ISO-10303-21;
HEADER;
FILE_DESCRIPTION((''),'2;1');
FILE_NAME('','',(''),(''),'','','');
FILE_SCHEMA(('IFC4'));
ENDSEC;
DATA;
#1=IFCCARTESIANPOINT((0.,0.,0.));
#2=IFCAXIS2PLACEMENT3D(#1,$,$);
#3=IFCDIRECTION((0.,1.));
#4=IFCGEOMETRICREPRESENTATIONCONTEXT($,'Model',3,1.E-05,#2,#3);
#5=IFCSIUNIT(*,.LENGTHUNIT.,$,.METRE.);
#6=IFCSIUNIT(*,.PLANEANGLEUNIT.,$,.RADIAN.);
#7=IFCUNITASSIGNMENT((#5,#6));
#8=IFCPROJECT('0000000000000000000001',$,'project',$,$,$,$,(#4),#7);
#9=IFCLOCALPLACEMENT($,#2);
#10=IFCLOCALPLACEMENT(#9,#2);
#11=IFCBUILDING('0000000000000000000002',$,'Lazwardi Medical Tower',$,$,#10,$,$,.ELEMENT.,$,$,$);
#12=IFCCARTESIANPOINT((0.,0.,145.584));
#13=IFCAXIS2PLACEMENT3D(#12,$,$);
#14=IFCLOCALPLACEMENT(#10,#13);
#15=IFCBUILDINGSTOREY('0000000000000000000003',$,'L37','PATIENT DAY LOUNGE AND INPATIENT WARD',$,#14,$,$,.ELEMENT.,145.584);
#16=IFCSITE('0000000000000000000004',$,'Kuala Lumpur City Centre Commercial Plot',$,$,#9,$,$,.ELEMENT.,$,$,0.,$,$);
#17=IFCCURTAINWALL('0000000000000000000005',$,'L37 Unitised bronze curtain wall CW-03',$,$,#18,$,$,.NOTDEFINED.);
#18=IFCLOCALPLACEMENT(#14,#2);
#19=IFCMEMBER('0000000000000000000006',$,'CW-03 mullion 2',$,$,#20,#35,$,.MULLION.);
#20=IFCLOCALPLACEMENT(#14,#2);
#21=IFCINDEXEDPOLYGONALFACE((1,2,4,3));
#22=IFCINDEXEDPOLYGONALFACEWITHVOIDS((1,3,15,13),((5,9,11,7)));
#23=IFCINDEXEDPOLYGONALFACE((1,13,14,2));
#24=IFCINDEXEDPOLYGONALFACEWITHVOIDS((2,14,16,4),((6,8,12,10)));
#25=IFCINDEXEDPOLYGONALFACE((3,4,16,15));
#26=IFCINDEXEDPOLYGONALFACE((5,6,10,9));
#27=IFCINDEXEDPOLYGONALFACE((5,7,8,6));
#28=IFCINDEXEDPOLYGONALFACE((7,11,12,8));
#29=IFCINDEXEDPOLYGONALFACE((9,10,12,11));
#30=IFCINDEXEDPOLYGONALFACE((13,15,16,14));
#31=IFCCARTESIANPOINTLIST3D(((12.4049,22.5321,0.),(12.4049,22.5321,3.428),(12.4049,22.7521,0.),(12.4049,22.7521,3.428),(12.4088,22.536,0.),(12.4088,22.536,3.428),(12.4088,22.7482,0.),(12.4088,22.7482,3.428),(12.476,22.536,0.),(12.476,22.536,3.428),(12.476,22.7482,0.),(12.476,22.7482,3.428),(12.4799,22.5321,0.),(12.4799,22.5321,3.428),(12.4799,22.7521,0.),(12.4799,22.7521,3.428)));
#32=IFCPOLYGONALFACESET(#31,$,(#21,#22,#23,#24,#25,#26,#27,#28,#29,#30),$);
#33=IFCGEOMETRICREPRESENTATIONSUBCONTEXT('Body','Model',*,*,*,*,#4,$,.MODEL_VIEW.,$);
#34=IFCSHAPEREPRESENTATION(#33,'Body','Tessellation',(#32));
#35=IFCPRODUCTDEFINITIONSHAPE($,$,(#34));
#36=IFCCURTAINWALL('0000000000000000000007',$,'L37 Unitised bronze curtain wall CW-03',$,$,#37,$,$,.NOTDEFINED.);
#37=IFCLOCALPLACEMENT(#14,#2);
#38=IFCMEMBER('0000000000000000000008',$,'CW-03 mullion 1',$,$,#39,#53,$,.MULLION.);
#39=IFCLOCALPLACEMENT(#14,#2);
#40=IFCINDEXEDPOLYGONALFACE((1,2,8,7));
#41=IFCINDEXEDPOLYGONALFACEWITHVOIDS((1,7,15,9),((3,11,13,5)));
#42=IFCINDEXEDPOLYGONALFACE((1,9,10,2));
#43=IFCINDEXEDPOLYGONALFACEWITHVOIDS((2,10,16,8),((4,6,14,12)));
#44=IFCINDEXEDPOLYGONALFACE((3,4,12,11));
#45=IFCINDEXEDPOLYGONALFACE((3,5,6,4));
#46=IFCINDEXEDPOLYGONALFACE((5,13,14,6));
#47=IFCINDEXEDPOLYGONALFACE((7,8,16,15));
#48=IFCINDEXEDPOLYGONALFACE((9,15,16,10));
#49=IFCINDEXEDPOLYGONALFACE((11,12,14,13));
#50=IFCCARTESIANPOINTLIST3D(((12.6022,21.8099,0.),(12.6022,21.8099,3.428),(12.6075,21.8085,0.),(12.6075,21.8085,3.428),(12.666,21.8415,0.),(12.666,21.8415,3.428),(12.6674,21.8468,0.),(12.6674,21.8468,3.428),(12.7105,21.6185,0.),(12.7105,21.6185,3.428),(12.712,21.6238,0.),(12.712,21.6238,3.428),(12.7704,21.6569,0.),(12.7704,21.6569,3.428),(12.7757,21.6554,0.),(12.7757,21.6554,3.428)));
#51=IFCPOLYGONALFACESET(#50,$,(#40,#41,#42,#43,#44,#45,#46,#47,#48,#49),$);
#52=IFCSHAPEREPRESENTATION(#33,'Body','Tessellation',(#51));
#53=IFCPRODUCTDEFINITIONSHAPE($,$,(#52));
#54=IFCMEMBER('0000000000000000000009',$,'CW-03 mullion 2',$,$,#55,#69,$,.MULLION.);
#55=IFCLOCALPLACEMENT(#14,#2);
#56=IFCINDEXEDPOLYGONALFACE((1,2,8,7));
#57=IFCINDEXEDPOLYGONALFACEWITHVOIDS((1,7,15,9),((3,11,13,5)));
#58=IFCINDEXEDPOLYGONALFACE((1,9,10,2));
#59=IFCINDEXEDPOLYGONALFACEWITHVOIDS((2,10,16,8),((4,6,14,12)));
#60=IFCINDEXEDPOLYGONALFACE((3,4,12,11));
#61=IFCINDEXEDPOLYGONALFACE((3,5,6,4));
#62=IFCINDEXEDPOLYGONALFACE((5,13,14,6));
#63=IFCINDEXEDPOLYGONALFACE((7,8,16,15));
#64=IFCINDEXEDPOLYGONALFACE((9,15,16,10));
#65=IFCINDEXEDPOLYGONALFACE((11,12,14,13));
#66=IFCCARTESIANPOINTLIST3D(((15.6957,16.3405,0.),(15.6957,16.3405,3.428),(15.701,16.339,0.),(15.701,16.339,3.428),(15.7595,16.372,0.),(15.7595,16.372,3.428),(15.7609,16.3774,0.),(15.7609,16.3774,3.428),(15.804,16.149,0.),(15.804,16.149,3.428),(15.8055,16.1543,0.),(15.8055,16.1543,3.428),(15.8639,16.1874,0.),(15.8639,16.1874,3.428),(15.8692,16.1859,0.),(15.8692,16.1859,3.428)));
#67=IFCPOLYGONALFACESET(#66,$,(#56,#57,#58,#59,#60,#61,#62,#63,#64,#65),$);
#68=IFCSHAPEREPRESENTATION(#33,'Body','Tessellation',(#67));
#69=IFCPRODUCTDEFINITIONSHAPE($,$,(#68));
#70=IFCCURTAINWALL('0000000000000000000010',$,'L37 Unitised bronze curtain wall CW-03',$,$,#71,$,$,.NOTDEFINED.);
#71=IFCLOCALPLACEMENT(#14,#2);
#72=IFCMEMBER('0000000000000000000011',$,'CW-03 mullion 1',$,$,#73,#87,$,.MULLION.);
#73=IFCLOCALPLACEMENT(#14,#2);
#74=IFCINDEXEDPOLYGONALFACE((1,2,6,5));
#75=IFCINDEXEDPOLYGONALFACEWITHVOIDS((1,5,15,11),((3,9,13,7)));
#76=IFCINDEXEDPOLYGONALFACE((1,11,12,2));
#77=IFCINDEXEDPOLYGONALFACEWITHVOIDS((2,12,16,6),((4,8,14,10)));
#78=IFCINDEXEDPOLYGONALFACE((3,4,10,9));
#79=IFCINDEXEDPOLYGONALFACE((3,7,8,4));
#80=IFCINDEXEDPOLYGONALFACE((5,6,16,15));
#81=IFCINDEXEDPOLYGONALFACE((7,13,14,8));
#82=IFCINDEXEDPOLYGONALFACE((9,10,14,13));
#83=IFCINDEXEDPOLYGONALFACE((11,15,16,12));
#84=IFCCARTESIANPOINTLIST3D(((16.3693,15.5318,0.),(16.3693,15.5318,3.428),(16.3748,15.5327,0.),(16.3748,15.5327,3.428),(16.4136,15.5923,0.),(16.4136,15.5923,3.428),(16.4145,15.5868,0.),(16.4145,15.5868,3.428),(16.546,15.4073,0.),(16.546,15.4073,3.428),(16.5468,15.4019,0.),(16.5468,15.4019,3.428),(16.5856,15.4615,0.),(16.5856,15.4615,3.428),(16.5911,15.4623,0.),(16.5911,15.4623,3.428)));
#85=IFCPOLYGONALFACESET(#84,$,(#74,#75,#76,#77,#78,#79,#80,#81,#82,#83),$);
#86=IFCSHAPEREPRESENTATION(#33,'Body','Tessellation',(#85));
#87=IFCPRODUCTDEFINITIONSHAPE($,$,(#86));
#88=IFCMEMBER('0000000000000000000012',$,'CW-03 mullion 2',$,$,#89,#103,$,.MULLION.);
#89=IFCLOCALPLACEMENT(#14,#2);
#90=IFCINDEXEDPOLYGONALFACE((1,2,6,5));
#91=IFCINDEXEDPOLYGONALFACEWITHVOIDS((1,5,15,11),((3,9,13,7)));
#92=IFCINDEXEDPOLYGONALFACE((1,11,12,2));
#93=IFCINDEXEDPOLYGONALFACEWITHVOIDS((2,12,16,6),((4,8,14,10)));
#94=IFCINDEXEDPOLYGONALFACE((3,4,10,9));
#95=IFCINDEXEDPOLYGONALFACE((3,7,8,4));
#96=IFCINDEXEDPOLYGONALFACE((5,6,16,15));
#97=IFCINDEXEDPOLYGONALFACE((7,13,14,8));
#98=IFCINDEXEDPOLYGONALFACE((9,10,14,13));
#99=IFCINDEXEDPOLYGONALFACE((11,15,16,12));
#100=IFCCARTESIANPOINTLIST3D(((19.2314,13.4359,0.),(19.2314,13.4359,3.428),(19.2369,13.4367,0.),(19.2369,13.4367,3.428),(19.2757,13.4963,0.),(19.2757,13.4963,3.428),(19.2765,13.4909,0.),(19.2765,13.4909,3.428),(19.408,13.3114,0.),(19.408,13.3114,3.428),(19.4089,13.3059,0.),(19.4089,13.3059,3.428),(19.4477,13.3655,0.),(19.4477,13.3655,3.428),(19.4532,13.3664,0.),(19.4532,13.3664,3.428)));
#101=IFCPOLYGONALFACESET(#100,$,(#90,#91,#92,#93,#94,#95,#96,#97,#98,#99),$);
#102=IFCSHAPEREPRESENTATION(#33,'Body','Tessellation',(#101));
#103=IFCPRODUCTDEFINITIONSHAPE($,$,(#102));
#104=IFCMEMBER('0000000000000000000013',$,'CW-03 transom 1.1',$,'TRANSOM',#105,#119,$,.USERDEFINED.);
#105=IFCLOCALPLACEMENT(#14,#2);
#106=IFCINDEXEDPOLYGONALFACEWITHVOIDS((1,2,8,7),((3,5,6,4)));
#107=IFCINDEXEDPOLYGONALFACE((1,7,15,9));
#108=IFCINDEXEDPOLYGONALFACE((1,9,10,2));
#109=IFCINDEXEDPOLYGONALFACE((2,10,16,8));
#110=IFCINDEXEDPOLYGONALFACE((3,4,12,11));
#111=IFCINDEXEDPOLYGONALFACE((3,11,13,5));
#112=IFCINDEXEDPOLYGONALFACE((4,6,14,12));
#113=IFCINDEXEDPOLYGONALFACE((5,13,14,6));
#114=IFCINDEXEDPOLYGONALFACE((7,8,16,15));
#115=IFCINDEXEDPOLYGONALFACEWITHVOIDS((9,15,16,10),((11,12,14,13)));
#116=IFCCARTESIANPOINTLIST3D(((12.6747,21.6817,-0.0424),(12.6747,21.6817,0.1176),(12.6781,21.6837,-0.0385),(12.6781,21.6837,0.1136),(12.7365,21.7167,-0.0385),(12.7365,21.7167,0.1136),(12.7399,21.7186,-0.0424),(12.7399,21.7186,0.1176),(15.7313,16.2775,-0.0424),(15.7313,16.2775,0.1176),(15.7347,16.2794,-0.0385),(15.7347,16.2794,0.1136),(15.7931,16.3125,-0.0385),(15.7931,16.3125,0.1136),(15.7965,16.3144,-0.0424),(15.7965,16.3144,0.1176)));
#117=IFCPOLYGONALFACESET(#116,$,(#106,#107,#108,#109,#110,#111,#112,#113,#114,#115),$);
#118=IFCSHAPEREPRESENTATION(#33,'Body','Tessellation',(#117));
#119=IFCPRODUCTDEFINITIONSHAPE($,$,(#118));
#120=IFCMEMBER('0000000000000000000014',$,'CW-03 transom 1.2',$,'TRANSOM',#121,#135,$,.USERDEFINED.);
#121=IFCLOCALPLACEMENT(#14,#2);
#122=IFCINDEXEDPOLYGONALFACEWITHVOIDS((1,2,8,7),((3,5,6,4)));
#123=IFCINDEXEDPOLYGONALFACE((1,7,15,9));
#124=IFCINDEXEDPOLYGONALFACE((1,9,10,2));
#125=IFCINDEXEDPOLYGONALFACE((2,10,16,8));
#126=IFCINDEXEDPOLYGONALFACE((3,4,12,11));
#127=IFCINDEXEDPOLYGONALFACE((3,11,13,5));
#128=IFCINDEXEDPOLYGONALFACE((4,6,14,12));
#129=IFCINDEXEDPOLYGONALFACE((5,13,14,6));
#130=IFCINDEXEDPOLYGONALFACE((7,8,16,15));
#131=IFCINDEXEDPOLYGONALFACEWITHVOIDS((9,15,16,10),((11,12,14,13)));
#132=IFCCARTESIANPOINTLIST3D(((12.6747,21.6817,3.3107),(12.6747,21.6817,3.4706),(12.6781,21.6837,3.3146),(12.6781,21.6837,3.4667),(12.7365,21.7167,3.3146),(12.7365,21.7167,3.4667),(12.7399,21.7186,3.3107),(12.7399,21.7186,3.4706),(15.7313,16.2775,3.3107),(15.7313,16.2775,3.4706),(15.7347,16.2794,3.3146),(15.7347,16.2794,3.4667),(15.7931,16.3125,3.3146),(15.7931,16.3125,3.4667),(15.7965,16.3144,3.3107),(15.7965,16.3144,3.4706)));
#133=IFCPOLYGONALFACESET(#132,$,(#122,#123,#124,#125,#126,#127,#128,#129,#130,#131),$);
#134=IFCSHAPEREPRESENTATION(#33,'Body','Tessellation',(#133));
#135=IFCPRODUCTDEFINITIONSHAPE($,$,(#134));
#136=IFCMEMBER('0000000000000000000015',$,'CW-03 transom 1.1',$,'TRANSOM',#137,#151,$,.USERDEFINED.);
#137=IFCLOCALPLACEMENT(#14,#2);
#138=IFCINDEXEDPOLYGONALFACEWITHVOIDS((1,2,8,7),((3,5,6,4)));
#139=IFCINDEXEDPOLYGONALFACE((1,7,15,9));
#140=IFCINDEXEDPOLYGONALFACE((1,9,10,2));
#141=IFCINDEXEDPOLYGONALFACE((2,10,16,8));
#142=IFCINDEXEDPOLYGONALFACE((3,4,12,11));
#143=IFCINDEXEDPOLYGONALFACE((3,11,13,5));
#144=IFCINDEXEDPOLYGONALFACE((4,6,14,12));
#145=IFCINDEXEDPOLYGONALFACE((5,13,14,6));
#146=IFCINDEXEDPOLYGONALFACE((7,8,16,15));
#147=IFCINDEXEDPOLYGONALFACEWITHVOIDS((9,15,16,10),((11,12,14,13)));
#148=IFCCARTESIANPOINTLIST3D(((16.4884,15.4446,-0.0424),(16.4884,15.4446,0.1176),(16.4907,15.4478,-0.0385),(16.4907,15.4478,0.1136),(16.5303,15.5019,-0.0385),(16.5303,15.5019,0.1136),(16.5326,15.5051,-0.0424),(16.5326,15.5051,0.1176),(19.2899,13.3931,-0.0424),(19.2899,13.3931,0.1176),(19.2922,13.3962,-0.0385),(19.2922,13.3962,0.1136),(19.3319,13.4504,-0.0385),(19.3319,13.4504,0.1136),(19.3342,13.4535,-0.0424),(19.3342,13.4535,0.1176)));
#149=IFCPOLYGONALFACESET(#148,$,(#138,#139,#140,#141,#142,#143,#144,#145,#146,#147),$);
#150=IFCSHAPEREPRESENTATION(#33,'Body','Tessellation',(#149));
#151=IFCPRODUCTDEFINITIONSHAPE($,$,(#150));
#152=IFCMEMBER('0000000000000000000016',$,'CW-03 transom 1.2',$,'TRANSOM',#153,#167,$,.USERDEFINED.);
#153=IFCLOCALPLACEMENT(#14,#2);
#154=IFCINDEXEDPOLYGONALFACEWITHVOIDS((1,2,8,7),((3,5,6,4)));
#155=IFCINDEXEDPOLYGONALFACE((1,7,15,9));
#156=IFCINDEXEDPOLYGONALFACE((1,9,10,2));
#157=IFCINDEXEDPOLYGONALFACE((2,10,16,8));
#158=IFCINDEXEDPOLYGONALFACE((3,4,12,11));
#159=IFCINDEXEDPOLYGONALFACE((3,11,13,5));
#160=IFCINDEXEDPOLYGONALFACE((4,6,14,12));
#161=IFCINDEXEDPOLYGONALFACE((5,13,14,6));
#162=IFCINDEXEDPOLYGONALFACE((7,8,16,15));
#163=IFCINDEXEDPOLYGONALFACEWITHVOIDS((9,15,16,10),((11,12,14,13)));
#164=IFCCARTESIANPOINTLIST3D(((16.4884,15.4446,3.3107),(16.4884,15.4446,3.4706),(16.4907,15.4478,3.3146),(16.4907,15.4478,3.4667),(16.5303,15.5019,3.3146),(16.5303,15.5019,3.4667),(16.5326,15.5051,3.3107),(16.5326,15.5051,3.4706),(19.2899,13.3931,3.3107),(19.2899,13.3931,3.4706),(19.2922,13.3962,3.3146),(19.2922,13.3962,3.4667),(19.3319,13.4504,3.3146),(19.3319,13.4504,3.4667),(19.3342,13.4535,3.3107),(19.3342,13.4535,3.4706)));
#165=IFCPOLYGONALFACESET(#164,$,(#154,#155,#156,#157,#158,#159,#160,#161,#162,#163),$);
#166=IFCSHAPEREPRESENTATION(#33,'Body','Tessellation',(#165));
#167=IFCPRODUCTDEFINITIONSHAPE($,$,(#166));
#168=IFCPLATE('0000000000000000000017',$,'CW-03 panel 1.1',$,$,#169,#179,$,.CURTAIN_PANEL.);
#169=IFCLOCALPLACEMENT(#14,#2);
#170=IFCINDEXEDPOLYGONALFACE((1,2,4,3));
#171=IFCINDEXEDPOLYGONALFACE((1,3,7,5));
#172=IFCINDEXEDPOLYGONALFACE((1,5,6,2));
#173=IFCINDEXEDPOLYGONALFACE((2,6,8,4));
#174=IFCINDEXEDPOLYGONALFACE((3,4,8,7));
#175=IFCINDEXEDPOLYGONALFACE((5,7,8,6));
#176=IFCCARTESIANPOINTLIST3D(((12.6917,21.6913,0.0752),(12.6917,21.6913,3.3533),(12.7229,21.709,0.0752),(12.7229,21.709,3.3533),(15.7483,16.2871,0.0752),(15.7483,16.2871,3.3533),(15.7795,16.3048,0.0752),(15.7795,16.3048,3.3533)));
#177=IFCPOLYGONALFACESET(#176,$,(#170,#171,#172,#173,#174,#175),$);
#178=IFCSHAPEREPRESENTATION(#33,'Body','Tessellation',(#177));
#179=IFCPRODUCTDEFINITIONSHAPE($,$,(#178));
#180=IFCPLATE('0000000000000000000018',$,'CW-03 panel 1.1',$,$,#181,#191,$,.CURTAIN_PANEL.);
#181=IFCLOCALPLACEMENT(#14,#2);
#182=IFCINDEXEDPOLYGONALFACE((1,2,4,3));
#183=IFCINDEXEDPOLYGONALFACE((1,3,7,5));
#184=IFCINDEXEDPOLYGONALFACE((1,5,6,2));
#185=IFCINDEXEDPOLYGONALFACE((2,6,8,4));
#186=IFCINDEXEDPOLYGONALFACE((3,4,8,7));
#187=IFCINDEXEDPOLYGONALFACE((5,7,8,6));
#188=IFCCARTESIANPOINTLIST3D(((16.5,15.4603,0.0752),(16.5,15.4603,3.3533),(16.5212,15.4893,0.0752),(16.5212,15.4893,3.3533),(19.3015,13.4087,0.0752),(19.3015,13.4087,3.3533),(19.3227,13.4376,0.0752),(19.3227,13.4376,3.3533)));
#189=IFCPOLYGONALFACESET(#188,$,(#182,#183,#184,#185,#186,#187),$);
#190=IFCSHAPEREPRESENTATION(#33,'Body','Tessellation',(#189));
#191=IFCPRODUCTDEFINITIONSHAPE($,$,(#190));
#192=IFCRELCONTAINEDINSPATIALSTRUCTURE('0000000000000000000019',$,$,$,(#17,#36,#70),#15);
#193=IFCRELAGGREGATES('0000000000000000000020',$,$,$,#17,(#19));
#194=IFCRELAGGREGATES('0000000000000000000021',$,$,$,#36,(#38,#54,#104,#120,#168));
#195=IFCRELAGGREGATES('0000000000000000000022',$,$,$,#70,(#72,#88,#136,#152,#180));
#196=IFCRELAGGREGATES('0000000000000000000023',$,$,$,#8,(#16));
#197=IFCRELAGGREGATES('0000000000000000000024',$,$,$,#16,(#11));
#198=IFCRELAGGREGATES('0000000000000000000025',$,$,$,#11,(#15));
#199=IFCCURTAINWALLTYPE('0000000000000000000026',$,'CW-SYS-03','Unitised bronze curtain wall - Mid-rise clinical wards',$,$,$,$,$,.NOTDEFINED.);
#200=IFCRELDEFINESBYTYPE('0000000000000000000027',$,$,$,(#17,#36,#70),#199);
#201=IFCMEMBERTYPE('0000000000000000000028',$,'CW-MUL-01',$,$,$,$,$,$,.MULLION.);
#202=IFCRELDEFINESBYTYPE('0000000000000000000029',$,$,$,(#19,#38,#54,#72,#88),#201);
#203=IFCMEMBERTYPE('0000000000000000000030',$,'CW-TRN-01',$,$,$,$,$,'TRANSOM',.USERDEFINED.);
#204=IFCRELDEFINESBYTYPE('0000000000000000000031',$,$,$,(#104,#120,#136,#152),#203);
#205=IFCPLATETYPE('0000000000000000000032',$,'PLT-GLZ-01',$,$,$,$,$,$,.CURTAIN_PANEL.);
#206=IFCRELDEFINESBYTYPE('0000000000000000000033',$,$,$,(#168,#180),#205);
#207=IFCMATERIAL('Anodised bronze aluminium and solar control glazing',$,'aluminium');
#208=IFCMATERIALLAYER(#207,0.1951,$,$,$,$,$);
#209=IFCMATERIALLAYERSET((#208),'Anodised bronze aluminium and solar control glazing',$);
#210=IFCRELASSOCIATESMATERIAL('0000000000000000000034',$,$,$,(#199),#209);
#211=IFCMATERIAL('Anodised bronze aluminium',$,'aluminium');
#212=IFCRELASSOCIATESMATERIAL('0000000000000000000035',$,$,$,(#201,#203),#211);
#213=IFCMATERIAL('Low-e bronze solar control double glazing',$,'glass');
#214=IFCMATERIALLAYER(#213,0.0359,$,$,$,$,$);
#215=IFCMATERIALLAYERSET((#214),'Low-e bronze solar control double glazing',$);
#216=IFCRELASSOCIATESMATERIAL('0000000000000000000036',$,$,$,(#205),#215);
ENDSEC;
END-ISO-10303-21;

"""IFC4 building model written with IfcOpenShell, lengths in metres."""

from ifc_helpers import new_model, si_unit, direction, frame, origin, origin_2d, place, context, subcontext, project, spatial, rectangle, hollow_rectangle, extrude, material, layer, layer_set, material_profile, profile_set, type_object, element, aggregate, save


model = new_model("IFC4")

# Units and contexts
model_context = context("Model", 3, precision=1e-05, world=origin(), true_north=direction((0.0, 1.0)))
body_context = subcontext(model_context, "Body", "Model", "MODEL_VIEW")
ifc_project = project(units=[si_unit("LENGTHUNIT", "METRE"), si_unit("PLANEANGLEUNIT", "RADIAN")], contexts=[model_context])

# Site, building, storey
site_placement = place(None, origin())
site = spatial("IfcSite", under=ifc_project, at=site_placement, Name="Kuala Lumpur City Centre Commercial Plot", CompositionType="ELEMENT", RefElevation=0.0)
building_placement = place(site_placement, origin())
building = spatial("IfcBuilding", under=site, at=building_placement, Name="Lazwardi Medical Tower", CompositionType="ELEMENT")
storey_placement = place(building_placement, frame((0.0, 0.0, 145.584)))
storey = spatial("IfcBuildingStorey", under=building, at=storey_placement, Name="L37", Description="PATIENT DAY LOUNGE AND INPATIENT WARD", CompositionType="ELEMENT", Elevation=145.584)

# Curtain wall, member
ifc_material_1 = material(Name="Anodised bronze aluminium and solar control glazing", Category="aluminium")
ifc_layer_1 = layer(ifc_material_1, 0.1951)
ifc_layer_set_1 = layer_set([ifc_layer_1], Name="Anodised bronze aluminium and solar control glazing")
curtain_wall_type = type_object("IfcCurtainWallType", Name="CW-SYS-03", Description="Unitised bronze curtain wall - Mid-rise clinical wards", PredefinedType="NOTDEFINED", material=ifc_layer_set_1)
curtain_wall_1_placement = place(storey_placement, origin())
curtain_wall_1 = element("IfcCurtainWall", 1, at=curtain_wall_1_placement, inside=storey, type_object=curtain_wall_type, Name="L37 Unitised bronze curtain wall CW-03", PredefinedType="NOTDEFINED")
ifc_material_2 = material(Name="Anodised bronze aluminium", Category="aluminium")
ifc_material_profile_1 = material_profile(ifc_material_2, hollow_rectangle(XDim=0.075, YDim=0.22, WallThickness=0.0039, at=origin_2d()), Name="ALU-MULLION 220x75x4")
ifc_profile_set_1 = profile_set([ifc_material_profile_1], Name="Anodised bronze aluminium")
member_type_1 = type_object("IfcMemberType", Name="CW-MUL-01", PredefinedType="MULLION", material=ifc_profile_set_1)
member_1_placement = place(storey_placement, frame((12.4424, 22.6421, 0.0), z_axis=(0.0, 0.0, 1.0), x_axis=(1.0, 0.0, 0.0)))
member_1 = element("IfcMember", 2, at=member_1_placement, type_object=member_type_1, Name="CW-03 mullion 2", PredefinedType="MULLION", context=body_context, shape_type="SweptSolid", body=[
    extrude(hollow_rectangle(XDim=0.075, YDim=0.22, WallThickness=0.0039, at=origin_2d()), origin(), (0.0, 0.0, 1.0), 3.428),
])
aggregate(curtain_wall_1, [member_1])

# Curtain walls, members
curtain_wall_2_placement = place(storey_placement, origin())
curtain_wall_2 = element("IfcCurtainWall", 3, at=curtain_wall_2_placement, inside=storey, type_object=curtain_wall_type, Name="L37 Unitised bronze curtain wall CW-03", PredefinedType="NOTDEFINED")
member_2_placement = place(storey_placement, frame((12.689, 21.7327, 0.0), z_axis=(0.0, 0.0, 1.0), x_axis=(0.870419, 0.492312, 0.0)))
member_2 = element("IfcMember", 4, at=member_2_placement, type_object=member_type_1, Name="CW-03 mullion 1", PredefinedType="MULLION", context=body_context, shape_type="SweptSolid", body=[
    extrude(hollow_rectangle(XDim=0.075, YDim=0.22, WallThickness=0.0039, at=origin_2d()), origin(), (0.0, 0.0, 1.0), 3.428),
])
member_3_placement = place(storey_placement, frame((15.7825, 16.2632, 0.0), z_axis=(0.0, 0.0, 1.0), x_axis=(0.870419, 0.492312, 0.0)))
member_3 = element("IfcMember", 5, at=member_3_placement, type_object=member_type_1, Name="CW-03 mullion 2", PredefinedType="MULLION", context=body_context, shape_type="SweptSolid", body=[
    extrude(hollow_rectangle(XDim=0.075, YDim=0.22, WallThickness=0.0039, at=origin_2d()), origin(), (0.0, 0.0, 1.0), 3.428),
])
curtain_wall_3_placement = place(storey_placement, origin())
curtain_wall_3 = element("IfcCurtainWall", 6, at=curtain_wall_3_placement, inside=storey, type_object=curtain_wall_type, Name="L37 Unitised bronze curtain wall CW-03", PredefinedType="NOTDEFINED")
member_4_placement = place(storey_placement, frame((16.4802, 15.4971, 0.0), z_axis=(0.0, 0.0, 1.0), x_axis=(0.590834, 0.806793, 0.0)))
member_4 = element("IfcMember", 7, at=member_4_placement, type_object=member_type_1, Name="CW-03 mullion 1", PredefinedType="MULLION", context=body_context, shape_type="SweptSolid", body=[
    extrude(hollow_rectangle(XDim=0.075, YDim=0.22, WallThickness=0.0039, at=origin_2d()), origin(), (0.0, 0.0, 1.0), 3.428),
])
member_5_placement = place(storey_placement, frame((19.3423, 13.4011, 0.0), z_axis=(0.0, 0.0, 1.0), x_axis=(0.590834, 0.806793, 0.0)))
member_5 = element("IfcMember", 8, at=member_5_placement, type_object=member_type_1, Name="CW-03 mullion 2", PredefinedType="MULLION", context=body_context, shape_type="SweptSolid", body=[
    extrude(hollow_rectangle(XDim=0.075, YDim=0.22, WallThickness=0.0039, at=origin_2d()), origin(), (0.0, 0.0, 1.0), 3.428),
])

# Members
ifc_material_profile_2 = material_profile(ifc_material_2, hollow_rectangle(XDim=0.075, YDim=0.1599, WallThickness=0.0039, at=origin_2d()), Name="ALU-TRANSOM 160x75x4")
ifc_profile_set_2 = profile_set([ifc_material_profile_2], Name="Anodised bronze aluminium")
member_type_2 = type_object("IfcMemberType", Name="CW-TRN-01", ElementType="TRANSOM", PredefinedType="USERDEFINED", material=ifc_profile_set_2)
member_6_placement = place(storey_placement, frame((12.7073, 21.7002, 0.0376), z_axis=(0.492306, -0.870422, 0.0), x_axis=(0.870422, 0.492306, 0.0)))
member_6 = element("IfcMember", 9, at=member_6_placement, type_object=member_type_2, Name="CW-03 transom 1.1", ObjectType="TRANSOM", PredefinedType="USERDEFINED", context=body_context, shape_type="SweptSolid", body=[
    extrude(hollow_rectangle(XDim=0.075, YDim=0.1599, WallThickness=0.0039, at=origin_2d()), origin(), (0.0, 0.0, 1.0), 6.2087),
])
member_7_placement = place(storey_placement, frame((12.7073, 21.7002, 3.3906), z_axis=(0.492306, -0.870422, 0.0), x_axis=(0.870422, 0.492306, 0.0)))
member_7 = element("IfcMember", 10, at=member_7_placement, type_object=member_type_2, Name="CW-03 transom 1.2", ObjectType="TRANSOM", PredefinedType="USERDEFINED", context=body_context, shape_type="SweptSolid", body=[
    extrude(hollow_rectangle(XDim=0.075, YDim=0.1599, WallThickness=0.0039, at=origin_2d()), origin(), (0.0, 0.0, 1.0), 6.2087),
])
member_8_placement = place(storey_placement, frame((16.5105, 15.4749, 0.0376), z_axis=(0.806807, -0.590815, 0.0), x_axis=(0.590815, 0.806807, 0.0)))
member_8 = element("IfcMember", 11, at=member_8_placement, type_object=member_type_2, Name="CW-03 transom 1.1", ObjectType="TRANSOM", PredefinedType="USERDEFINED", context=body_context, shape_type="SweptSolid", body=[
    extrude(hollow_rectangle(XDim=0.075, YDim=0.1599, WallThickness=0.0039, at=origin_2d()), origin(), (0.0, 0.0, 1.0), 3.4724),
])
member_9_placement = place(storey_placement, frame((16.5105, 15.4749, 3.3906), z_axis=(0.806807, -0.590815, 0.0), x_axis=(0.590815, 0.806807, 0.0)))
member_9 = element("IfcMember", 12, at=member_9_placement, type_object=member_type_2, Name="CW-03 transom 1.2", ObjectType="TRANSOM", PredefinedType="USERDEFINED", context=body_context, shape_type="SweptSolid", body=[
    extrude(hollow_rectangle(XDim=0.075, YDim=0.1599, WallThickness=0.0039, at=origin_2d()), origin(), (0.0, 0.0, 1.0), 3.4724),
])

# Plates
ifc_material_3 = material(Name="Low-e bronze solar control double glazing", Category="glass")
ifc_layer_2 = layer(ifc_material_3, 0.0359)
ifc_layer_set_2 = layer_set([ifc_layer_2], Name="Low-e bronze solar control double glazing")
plate_type = type_object("IfcPlateType", Name="PLT-GLZ-01", PredefinedType="CURTAIN_PANEL", material=ifc_layer_set_2)
plate_1_placement = place(storey_placement, frame((14.2356, 18.998, 0.0752), z_axis=(0.0, 0.0, 1.0), x_axis=(0.492312, -0.870419, 0.0)))
plate_1 = element("IfcPlate", 13, at=plate_1_placement, type_object=plate_type, Name="CW-03 panel 1.1", PredefinedType="CURTAIN_PANEL", context=body_context, shape_type="SweptSolid", body=[
    extrude(rectangle(XDim=6.2087, YDim=0.0359, at=origin_2d()), origin(), (0.0, 0.0, 1.0), 3.2781),
])
aggregate(curtain_wall_2, [member_2, member_3, member_6, member_7, plate_1])
plate_2_placement = place(storey_placement, frame((17.9114, 14.449, 0.0752), z_axis=(0.0, 0.0, 1.0), x_axis=(0.806793, -0.590834, 0.0)))
plate_2 = element("IfcPlate", 14, at=plate_2_placement, type_object=plate_type, Name="CW-03 panel 1.1", PredefinedType="CURTAIN_PANEL", context=body_context, shape_type="SweptSolid", body=[
    extrude(rectangle(XDim=3.4724, YDim=0.0359, at=origin_2d()), origin(), (0.0, 0.0, 1.0), 3.2781),
])
aggregate(curtain_wall_3, [member_4, member_5, member_8, member_9, plate_2])

save(model, "model.ifc")
